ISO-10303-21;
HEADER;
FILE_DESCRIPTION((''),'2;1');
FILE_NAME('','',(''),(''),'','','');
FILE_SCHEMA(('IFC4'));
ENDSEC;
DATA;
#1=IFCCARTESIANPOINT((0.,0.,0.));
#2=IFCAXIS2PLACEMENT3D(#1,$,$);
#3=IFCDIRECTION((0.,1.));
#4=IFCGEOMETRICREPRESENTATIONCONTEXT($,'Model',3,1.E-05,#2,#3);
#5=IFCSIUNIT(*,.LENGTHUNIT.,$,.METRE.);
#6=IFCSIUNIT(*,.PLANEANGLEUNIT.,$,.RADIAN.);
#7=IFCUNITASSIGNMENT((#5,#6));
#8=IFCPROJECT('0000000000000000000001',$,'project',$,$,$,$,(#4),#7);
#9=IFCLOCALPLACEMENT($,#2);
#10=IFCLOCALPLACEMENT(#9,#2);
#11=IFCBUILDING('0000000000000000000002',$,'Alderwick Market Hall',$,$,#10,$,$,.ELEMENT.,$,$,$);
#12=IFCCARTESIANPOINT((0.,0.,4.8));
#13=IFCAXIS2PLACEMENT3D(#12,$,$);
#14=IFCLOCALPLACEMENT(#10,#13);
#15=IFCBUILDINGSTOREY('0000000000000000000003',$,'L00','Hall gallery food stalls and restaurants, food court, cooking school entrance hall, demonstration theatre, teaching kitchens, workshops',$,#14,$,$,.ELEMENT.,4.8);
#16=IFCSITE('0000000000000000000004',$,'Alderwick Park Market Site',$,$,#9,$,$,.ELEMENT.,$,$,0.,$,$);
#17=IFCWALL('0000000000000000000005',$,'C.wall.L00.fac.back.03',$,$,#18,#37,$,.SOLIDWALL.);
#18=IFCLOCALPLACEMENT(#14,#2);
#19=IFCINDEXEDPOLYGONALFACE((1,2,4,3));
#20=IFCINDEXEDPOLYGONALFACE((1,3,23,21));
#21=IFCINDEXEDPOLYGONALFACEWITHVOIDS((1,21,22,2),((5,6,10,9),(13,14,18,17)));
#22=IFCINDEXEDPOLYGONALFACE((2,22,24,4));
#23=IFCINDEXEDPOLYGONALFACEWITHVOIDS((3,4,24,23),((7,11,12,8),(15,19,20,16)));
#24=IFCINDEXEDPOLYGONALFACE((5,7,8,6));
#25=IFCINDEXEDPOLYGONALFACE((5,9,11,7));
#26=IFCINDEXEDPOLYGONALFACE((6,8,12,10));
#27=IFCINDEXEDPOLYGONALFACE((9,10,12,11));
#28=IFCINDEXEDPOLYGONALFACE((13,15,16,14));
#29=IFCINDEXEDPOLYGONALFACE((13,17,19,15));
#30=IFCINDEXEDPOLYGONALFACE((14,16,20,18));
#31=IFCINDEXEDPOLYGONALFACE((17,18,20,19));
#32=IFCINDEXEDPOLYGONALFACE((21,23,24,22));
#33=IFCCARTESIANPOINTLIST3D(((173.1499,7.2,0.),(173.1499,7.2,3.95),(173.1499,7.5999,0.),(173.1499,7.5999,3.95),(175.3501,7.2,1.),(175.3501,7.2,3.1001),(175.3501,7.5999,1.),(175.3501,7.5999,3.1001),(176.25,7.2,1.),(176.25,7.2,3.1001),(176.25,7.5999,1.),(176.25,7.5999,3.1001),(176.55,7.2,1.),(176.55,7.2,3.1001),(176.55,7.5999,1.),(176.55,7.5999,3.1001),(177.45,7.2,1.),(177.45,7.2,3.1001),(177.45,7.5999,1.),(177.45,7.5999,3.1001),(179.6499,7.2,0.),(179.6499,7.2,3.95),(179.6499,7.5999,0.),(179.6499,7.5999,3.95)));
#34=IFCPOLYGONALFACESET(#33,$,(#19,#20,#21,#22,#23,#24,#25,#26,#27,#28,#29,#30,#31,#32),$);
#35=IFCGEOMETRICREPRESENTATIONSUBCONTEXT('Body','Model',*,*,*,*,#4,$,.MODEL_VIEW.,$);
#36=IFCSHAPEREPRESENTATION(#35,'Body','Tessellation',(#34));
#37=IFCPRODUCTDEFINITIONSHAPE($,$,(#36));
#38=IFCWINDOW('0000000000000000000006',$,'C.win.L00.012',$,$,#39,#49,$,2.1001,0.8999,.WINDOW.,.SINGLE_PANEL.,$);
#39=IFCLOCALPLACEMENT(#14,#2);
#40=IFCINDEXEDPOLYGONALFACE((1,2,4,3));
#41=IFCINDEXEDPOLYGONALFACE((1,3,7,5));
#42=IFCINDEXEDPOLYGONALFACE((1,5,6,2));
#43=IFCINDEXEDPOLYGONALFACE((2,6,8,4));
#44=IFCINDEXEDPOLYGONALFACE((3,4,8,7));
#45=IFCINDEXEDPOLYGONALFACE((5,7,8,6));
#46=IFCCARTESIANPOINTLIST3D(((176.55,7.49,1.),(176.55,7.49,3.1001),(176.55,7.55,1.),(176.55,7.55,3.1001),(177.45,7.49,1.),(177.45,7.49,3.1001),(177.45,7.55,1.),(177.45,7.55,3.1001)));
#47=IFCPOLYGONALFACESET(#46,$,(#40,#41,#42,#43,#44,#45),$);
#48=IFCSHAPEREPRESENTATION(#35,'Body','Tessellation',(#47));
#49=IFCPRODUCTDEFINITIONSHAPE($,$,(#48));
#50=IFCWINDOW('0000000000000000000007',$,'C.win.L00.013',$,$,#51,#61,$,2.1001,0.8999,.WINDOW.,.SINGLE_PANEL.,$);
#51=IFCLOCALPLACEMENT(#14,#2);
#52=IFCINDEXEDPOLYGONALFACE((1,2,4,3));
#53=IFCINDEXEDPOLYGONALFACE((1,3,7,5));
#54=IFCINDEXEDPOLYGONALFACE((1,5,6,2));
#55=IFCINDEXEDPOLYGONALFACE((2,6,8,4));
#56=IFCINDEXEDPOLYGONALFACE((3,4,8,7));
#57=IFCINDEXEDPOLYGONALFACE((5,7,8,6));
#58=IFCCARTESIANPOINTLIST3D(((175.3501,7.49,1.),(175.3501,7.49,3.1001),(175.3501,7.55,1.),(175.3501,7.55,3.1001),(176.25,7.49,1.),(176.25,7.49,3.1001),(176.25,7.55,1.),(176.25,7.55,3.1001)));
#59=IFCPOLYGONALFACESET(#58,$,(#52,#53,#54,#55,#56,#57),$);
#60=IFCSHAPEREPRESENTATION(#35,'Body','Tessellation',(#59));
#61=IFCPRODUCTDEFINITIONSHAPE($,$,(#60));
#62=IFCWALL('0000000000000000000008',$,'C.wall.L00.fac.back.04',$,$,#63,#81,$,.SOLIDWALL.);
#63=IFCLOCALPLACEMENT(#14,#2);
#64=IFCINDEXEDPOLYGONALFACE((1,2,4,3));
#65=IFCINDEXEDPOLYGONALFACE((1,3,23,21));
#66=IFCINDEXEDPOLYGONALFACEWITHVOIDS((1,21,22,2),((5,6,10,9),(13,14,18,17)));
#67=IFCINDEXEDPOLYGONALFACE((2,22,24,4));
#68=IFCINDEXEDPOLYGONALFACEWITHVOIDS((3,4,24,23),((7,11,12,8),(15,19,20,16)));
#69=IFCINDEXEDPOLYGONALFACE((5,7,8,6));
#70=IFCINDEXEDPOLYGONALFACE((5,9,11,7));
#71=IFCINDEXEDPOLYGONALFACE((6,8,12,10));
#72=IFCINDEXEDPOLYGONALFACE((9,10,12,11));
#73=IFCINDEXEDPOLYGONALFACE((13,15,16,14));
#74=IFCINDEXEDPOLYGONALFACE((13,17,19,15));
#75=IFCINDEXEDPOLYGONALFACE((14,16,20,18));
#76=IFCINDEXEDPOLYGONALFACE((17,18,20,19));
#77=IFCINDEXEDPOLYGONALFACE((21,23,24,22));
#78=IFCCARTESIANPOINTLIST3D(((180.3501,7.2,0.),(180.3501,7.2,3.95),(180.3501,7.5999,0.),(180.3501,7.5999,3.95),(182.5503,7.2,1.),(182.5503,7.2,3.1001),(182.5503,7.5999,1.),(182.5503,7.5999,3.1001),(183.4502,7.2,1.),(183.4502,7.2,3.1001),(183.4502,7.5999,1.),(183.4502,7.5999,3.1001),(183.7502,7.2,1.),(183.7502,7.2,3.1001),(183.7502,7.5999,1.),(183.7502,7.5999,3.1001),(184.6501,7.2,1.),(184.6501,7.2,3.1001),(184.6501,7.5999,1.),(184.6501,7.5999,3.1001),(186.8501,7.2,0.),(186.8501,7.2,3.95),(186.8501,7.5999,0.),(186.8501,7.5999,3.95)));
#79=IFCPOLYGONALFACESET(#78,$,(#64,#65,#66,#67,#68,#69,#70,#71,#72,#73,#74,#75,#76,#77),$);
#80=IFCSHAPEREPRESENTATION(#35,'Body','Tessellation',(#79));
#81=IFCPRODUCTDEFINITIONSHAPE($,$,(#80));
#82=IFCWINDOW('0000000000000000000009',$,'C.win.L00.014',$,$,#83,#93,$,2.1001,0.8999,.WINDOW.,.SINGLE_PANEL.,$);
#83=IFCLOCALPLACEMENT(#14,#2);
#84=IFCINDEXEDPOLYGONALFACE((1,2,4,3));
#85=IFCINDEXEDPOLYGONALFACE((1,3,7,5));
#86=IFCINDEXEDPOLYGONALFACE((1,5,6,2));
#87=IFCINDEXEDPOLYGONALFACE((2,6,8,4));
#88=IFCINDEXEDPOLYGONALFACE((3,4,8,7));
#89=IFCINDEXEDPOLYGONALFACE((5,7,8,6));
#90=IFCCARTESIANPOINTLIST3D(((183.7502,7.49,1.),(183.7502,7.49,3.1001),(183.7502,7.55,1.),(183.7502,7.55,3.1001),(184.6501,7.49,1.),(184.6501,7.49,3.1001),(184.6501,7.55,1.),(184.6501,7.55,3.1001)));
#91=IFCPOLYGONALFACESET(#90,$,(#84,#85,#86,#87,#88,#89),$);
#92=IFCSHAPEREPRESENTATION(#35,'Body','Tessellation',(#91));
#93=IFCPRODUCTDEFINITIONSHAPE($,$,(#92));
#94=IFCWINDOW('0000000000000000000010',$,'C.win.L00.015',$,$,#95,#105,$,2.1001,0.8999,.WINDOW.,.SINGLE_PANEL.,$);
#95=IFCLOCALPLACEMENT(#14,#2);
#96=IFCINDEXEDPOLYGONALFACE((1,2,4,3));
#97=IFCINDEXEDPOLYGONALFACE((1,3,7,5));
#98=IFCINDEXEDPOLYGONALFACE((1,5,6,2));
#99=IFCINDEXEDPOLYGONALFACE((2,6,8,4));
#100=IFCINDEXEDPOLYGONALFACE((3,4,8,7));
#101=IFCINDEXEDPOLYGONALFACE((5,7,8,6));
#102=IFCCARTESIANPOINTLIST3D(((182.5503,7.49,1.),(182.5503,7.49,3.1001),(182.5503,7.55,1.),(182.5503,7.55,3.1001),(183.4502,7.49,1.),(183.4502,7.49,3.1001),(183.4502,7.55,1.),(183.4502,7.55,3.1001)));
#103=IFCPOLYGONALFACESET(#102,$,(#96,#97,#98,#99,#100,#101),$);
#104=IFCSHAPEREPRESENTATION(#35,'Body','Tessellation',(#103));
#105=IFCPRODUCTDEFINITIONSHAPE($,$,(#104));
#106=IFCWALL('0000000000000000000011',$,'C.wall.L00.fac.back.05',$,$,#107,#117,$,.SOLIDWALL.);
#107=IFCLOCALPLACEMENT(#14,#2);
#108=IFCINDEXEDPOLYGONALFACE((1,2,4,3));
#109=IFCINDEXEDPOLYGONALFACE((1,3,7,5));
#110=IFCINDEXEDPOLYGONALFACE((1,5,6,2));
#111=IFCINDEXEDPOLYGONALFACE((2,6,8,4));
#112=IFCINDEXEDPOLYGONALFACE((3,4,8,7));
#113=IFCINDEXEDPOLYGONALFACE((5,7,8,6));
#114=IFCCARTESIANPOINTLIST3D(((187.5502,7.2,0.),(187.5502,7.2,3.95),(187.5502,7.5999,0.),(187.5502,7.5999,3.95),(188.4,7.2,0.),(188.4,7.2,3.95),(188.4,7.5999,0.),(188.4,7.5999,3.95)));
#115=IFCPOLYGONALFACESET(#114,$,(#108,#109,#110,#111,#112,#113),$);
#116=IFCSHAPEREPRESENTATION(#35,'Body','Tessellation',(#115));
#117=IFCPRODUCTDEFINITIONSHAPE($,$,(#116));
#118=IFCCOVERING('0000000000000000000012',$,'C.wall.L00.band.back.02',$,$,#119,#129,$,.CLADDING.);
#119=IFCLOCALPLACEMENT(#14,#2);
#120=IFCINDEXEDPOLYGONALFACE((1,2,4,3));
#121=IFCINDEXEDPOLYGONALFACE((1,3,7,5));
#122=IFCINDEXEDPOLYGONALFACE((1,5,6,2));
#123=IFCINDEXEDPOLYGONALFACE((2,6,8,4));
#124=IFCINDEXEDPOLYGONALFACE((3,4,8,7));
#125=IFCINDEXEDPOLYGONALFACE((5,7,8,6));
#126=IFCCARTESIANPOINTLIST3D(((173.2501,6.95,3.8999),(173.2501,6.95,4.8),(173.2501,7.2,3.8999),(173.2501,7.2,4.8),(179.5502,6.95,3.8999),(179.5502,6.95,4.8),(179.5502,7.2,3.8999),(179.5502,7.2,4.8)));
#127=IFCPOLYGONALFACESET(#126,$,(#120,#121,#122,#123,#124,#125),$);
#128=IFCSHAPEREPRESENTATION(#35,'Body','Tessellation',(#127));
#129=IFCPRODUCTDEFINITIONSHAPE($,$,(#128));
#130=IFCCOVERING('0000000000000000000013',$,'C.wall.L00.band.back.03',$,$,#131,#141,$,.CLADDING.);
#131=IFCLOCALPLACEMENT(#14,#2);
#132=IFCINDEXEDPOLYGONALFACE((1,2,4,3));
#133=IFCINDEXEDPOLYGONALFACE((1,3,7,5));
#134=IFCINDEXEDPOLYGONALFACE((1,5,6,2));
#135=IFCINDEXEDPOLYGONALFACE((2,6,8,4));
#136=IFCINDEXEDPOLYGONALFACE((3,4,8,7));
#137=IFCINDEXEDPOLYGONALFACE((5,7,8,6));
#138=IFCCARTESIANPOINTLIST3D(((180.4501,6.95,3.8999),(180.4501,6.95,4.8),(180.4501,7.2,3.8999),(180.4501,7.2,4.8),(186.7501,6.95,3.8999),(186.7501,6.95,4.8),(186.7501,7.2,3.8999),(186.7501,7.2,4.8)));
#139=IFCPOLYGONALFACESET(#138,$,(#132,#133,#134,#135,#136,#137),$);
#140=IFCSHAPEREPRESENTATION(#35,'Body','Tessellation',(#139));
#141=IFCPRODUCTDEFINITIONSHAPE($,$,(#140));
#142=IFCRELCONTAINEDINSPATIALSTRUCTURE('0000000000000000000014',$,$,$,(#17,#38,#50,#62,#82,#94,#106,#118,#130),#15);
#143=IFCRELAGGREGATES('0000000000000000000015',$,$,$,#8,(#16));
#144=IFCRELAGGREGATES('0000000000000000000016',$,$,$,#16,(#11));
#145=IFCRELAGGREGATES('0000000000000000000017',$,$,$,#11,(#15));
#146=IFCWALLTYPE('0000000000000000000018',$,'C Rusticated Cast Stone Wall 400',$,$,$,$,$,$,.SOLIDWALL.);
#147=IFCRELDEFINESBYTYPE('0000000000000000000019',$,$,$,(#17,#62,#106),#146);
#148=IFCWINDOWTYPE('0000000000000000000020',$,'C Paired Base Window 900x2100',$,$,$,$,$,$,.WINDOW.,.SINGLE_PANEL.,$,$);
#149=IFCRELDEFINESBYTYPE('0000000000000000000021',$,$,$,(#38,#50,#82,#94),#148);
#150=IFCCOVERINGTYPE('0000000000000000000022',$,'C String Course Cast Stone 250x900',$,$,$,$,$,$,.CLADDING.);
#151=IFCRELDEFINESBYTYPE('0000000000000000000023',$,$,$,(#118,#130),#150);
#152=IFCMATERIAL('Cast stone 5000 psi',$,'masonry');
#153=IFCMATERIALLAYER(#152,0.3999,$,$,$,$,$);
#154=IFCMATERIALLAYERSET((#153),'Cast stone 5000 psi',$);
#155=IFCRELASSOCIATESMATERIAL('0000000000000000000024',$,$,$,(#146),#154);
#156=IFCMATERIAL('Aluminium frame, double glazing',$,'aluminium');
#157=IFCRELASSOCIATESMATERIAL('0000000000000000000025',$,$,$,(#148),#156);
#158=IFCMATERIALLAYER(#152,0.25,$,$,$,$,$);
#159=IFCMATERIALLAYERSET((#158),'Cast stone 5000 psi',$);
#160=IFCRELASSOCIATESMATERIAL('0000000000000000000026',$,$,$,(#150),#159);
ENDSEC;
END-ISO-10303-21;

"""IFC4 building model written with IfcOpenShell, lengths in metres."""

from ifc_helpers import new_model, si_unit, direction, frame, frame_2d, origin, place, context, subcontext, project, spatial, rectangle, extrude, material, layer, layer_set, type_object, element, fill, save


model = new_model("IFC4")

# Units and contexts
model_context = context("Model", 3, precision=1e-05, world=origin(), true_north=direction((0.0, 1.0)))
body_context = subcontext(model_context, "Body", "Model", "MODEL_VIEW")
ifc_project = project(units=[si_unit("LENGTHUNIT", "METRE"), si_unit("PLANEANGLEUNIT", "RADIAN")], contexts=[model_context])

# Site, building, storey
site_placement = place(None, origin())
site = spatial("IfcSite", under=ifc_project, at=site_placement, Name="Alderwick Park Market Site", CompositionType="ELEMENT", RefElevation=0.0)
building_placement = place(site_placement, origin())
building = spatial("IfcBuilding", under=site, at=building_placement, Name="Alderwick Market Hall", CompositionType="ELEMENT")
storey_placement = place(building_placement, frame((0.0, 0.0, 4.8)))
storey = spatial("IfcBuildingStorey", under=building, at=storey_placement, Name="L00", Description="Hall gallery food stalls and restaurants, food court, cooking school entrance hall, demonstration theatre, teaching kitchens, workshops", CompositionType="ELEMENT", Elevation=4.8)

# Walls, openings, windows
ifc_material_1 = material(Name="Cast stone 5000 psi", Category="masonry")
ifc_layer_1 = layer(ifc_material_1, 0.3999)
ifc_layer_set_1 = layer_set([ifc_layer_1], Name="Cast stone 5000 psi")
wall_type = type_object("IfcWallType", Name="C Rusticated Cast Stone Wall 400", PredefinedType="SOLIDWALL", material=ifc_layer_set_1)
wall_1_placement = place(storey_placement, frame((179.6499, 7.3999, 0.0), z_axis=(0.0, 0.0, 1.0), x_axis=(-1.0, 0.0, 0.0)))
wall_1 = element("IfcWall", 1, at=wall_1_placement, inside=storey, type_object=wall_type, Name="C.wall.L00.fac.back.03", PredefinedType="SOLIDWALL", context=body_context, shape_type="SweptSolid", body=[
    extrude(rectangle(XDim=6.5, YDim=0.3999, at=frame_2d((3.25, 0.0))), origin(), (0.0, 0.0, 1.0), 3.95),
])
opening_1_placement = place(wall_1_placement, frame((2.2, 0.0, 1.0)))
opening_1 = element("IfcOpeningElement", 2, at=opening_1_placement, cuts=wall_1, PredefinedType="OPENING", context=body_context, shape_type="SweptSolid", body=[
    extrude(rectangle(XDim=0.8999, YDim=2.1001, at=frame_2d((0.45, 1.05))), frame((0.0, 0.21, 0.0), z_axis=(0.0, -1.0, 0.0), x_axis=(1.0, 0.0, 0.0)), (0.0, 0.0, 1.0), 0.4199),
])
opening_2_placement = place(wall_1_placement, frame((3.3999, 0.0, 1.0)))
opening_2 = element("IfcOpeningElement", 3, at=opening_2_placement, cuts=wall_1, PredefinedType="OPENING", context=body_context, shape_type="SweptSolid", body=[
    extrude(rectangle(XDim=0.8999, YDim=2.1001, at=frame_2d((0.45, 1.05))), frame((0.0, 0.21, 0.0), z_axis=(0.0, -1.0, 0.0), x_axis=(1.0, 0.0, 0.0)), (0.0, 0.0, 1.0), 0.4199),
])
ifc_material_2 = material(Name="Aluminium frame, double glazing", Category="aluminium")
window_type = type_object("IfcWindowType", Name="C Paired Base Window 900x2100", PartitioningType="SINGLE_PANEL", PredefinedType="WINDOW", material=ifc_material_2)
window_1_placement = place(opening_1_placement, origin())
window_1 = element("IfcWindow", 4, at=window_1_placement, inside=storey, type_object=window_type, Name="C.win.L00.012", OverallHeight=2.1001, OverallWidth=0.8999, PartitioningType="SINGLE_PANEL", PredefinedType="WINDOW", context=body_context, shape_type="SweptSolid", body=[
    extrude(rectangle(XDim=0.8999, YDim=2.1001, at=frame_2d((0.45, 1.05))), frame((0.0, -0.0901, 0.0), z_axis=(0.0, -1.0, 0.0), x_axis=(1.0, 0.0, 0.0)), (0.0, 0.0, 1.0), 0.0601),
])
fill(opening_1, window_1)
window_2_placement = place(opening_2_placement, origin())
window_2 = element("IfcWindow", 5, at=window_2_placement, inside=storey, type_object=window_type, Name="C.win.L00.013", OverallHeight=2.1001, OverallWidth=0.8999, PartitioningType="SINGLE_PANEL", PredefinedType="WINDOW", context=body_context, shape_type="SweptSolid", body=[
    extrude(rectangle(XDim=0.8999, YDim=2.1001, at=frame_2d((0.45, 1.05))), frame((0.0, -0.0901, 0.0), z_axis=(0.0, -1.0, 0.0), x_axis=(1.0, 0.0, 0.0)), (0.0, 0.0, 1.0), 0.0601),
])
fill(opening_2, window_2)
wall_2_placement = place(storey_placement, frame((186.8501, 7.3999, 0.0), z_axis=(0.0, 0.0, 1.0), x_axis=(-1.0, 0.0, 0.0)))
wall_2 = element("IfcWall", 6, at=wall_2_placement, inside=storey, type_object=wall_type, Name="C.wall.L00.fac.back.04", PredefinedType="SOLIDWALL", context=body_context, shape_type="SweptSolid", body=[
    extrude(rectangle(XDim=6.5, YDim=0.3999, at=frame_2d((3.25, 0.0))), origin(), (0.0, 0.0, 1.0), 3.95),
])
opening_3_placement = place(wall_2_placement, frame((2.2, 0.0, 1.0)))
opening_3 = element("IfcOpeningElement", 7, at=opening_3_placement, cuts=wall_2, PredefinedType="OPENING", context=body_context, shape_type="SweptSolid", body=[
    extrude(rectangle(XDim=0.8999, YDim=2.1001, at=frame_2d((0.45, 1.05))), frame((0.0, 0.21, 0.0), z_axis=(0.0, -1.0, 0.0), x_axis=(1.0, 0.0, 0.0)), (0.0, 0.0, 1.0), 0.4199),
])
opening_4_placement = place(wall_2_placement, frame((3.3999, 0.0, 1.0)))
opening_4 = element("IfcOpeningElement", 8, at=opening_4_placement, cuts=wall_2, PredefinedType="OPENING", context=body_context, shape_type="SweptSolid", body=[
    extrude(rectangle(XDim=0.8999, YDim=2.1001, at=frame_2d((0.45, 1.05))), frame((0.0, 0.21, 0.0), z_axis=(0.0, -1.0, 0.0), x_axis=(1.0, 0.0, 0.0)), (0.0, 0.0, 1.0), 0.4199),
])
window_3_placement = place(opening_3_placement, origin())
window_3 = element("IfcWindow", 9, at=window_3_placement, inside=storey, type_object=window_type, Name="C.win.L00.014", OverallHeight=2.1001, OverallWidth=0.8999, PartitioningType="SINGLE_PANEL", PredefinedType="WINDOW", context=body_context, shape_type="SweptSolid", body=[
    extrude(rectangle(XDim=0.8999, YDim=2.1001, at=frame_2d((0.45, 1.05))), frame((0.0, -0.0901, 0.0), z_axis=(0.0, -1.0, 0.0), x_axis=(1.0, 0.0, 0.0)), (0.0, 0.0, 1.0), 0.0601),
])
fill(opening_3, window_3)
window_4_placement = place(opening_4_placement, origin())
window_4 = element("IfcWindow", 10, at=window_4_placement, inside=storey, type_object=window_type, Name="C.win.L00.015", OverallHeight=2.1001, OverallWidth=0.8999, PartitioningType="SINGLE_PANEL", PredefinedType="WINDOW", context=body_context, shape_type="SweptSolid", body=[
    extrude(rectangle(XDim=0.8999, YDim=2.1001, at=frame_2d((0.45, 1.05))), frame((0.0, -0.0901, 0.0), z_axis=(0.0, -1.0, 0.0), x_axis=(1.0, 0.0, 0.0)), (0.0, 0.0, 1.0), 0.0601),
])
fill(opening_4, window_4)

# Wall
wall_3_placement = place(storey_placement, frame((188.3999, 7.3999, 0.0), z_axis=(0.0, 0.0, 1.0), x_axis=(-1.0, 0.0, 0.0)))
element("IfcWall", 11, at=wall_3_placement, inside=storey, type_object=wall_type, Name="C.wall.L00.fac.back.05", PredefinedType="SOLIDWALL", context=body_context, shape_type="SweptSolid", body=[
    extrude(rectangle(XDim=0.8499, YDim=0.3999, at=frame_2d((0.4248, 0.0))), origin(), (0.0, 0.0, 1.0), 3.95),
])

# Coverings
ifc_layer_2 = layer(ifc_material_1, 0.25)
ifc_layer_set_2 = layer_set([ifc_layer_2], Name="Cast stone 5000 psi")
covering_type = type_object("IfcCoveringType", Name="C String Course Cast Stone 250x900", PredefinedType="CLADDING", material=ifc_layer_set_2)
for number, where, z_axis, x_axis, name in (
    (12, (179.55, 7.075, 3.8999), (0.0, 0.0, 1.0), (-1.0, 0.0, 0.0), "C.wall.L00.band.back.02"),
    (13, (186.75, 7.075, 3.8999), (0.0, 0.0, 1.0), (-1.0, 0.0, 0.0), "C.wall.L00.band.back.03"),
):
    element("IfcCovering", number, at=place(storey_placement, frame(where, z_axis=z_axis, x_axis=x_axis)), inside=storey, type_object=covering_type, Name=name, PredefinedType="CLADDING", context=body_context, shape_type="SweptSolid", body=[
        extrude(rectangle(XDim=6.3, YDim=0.25, at=frame_2d((3.1499, 0.0))), origin(), (0.0, 0.0, 1.0), 0.9001),
    ])

save(model, "model.ifc")
